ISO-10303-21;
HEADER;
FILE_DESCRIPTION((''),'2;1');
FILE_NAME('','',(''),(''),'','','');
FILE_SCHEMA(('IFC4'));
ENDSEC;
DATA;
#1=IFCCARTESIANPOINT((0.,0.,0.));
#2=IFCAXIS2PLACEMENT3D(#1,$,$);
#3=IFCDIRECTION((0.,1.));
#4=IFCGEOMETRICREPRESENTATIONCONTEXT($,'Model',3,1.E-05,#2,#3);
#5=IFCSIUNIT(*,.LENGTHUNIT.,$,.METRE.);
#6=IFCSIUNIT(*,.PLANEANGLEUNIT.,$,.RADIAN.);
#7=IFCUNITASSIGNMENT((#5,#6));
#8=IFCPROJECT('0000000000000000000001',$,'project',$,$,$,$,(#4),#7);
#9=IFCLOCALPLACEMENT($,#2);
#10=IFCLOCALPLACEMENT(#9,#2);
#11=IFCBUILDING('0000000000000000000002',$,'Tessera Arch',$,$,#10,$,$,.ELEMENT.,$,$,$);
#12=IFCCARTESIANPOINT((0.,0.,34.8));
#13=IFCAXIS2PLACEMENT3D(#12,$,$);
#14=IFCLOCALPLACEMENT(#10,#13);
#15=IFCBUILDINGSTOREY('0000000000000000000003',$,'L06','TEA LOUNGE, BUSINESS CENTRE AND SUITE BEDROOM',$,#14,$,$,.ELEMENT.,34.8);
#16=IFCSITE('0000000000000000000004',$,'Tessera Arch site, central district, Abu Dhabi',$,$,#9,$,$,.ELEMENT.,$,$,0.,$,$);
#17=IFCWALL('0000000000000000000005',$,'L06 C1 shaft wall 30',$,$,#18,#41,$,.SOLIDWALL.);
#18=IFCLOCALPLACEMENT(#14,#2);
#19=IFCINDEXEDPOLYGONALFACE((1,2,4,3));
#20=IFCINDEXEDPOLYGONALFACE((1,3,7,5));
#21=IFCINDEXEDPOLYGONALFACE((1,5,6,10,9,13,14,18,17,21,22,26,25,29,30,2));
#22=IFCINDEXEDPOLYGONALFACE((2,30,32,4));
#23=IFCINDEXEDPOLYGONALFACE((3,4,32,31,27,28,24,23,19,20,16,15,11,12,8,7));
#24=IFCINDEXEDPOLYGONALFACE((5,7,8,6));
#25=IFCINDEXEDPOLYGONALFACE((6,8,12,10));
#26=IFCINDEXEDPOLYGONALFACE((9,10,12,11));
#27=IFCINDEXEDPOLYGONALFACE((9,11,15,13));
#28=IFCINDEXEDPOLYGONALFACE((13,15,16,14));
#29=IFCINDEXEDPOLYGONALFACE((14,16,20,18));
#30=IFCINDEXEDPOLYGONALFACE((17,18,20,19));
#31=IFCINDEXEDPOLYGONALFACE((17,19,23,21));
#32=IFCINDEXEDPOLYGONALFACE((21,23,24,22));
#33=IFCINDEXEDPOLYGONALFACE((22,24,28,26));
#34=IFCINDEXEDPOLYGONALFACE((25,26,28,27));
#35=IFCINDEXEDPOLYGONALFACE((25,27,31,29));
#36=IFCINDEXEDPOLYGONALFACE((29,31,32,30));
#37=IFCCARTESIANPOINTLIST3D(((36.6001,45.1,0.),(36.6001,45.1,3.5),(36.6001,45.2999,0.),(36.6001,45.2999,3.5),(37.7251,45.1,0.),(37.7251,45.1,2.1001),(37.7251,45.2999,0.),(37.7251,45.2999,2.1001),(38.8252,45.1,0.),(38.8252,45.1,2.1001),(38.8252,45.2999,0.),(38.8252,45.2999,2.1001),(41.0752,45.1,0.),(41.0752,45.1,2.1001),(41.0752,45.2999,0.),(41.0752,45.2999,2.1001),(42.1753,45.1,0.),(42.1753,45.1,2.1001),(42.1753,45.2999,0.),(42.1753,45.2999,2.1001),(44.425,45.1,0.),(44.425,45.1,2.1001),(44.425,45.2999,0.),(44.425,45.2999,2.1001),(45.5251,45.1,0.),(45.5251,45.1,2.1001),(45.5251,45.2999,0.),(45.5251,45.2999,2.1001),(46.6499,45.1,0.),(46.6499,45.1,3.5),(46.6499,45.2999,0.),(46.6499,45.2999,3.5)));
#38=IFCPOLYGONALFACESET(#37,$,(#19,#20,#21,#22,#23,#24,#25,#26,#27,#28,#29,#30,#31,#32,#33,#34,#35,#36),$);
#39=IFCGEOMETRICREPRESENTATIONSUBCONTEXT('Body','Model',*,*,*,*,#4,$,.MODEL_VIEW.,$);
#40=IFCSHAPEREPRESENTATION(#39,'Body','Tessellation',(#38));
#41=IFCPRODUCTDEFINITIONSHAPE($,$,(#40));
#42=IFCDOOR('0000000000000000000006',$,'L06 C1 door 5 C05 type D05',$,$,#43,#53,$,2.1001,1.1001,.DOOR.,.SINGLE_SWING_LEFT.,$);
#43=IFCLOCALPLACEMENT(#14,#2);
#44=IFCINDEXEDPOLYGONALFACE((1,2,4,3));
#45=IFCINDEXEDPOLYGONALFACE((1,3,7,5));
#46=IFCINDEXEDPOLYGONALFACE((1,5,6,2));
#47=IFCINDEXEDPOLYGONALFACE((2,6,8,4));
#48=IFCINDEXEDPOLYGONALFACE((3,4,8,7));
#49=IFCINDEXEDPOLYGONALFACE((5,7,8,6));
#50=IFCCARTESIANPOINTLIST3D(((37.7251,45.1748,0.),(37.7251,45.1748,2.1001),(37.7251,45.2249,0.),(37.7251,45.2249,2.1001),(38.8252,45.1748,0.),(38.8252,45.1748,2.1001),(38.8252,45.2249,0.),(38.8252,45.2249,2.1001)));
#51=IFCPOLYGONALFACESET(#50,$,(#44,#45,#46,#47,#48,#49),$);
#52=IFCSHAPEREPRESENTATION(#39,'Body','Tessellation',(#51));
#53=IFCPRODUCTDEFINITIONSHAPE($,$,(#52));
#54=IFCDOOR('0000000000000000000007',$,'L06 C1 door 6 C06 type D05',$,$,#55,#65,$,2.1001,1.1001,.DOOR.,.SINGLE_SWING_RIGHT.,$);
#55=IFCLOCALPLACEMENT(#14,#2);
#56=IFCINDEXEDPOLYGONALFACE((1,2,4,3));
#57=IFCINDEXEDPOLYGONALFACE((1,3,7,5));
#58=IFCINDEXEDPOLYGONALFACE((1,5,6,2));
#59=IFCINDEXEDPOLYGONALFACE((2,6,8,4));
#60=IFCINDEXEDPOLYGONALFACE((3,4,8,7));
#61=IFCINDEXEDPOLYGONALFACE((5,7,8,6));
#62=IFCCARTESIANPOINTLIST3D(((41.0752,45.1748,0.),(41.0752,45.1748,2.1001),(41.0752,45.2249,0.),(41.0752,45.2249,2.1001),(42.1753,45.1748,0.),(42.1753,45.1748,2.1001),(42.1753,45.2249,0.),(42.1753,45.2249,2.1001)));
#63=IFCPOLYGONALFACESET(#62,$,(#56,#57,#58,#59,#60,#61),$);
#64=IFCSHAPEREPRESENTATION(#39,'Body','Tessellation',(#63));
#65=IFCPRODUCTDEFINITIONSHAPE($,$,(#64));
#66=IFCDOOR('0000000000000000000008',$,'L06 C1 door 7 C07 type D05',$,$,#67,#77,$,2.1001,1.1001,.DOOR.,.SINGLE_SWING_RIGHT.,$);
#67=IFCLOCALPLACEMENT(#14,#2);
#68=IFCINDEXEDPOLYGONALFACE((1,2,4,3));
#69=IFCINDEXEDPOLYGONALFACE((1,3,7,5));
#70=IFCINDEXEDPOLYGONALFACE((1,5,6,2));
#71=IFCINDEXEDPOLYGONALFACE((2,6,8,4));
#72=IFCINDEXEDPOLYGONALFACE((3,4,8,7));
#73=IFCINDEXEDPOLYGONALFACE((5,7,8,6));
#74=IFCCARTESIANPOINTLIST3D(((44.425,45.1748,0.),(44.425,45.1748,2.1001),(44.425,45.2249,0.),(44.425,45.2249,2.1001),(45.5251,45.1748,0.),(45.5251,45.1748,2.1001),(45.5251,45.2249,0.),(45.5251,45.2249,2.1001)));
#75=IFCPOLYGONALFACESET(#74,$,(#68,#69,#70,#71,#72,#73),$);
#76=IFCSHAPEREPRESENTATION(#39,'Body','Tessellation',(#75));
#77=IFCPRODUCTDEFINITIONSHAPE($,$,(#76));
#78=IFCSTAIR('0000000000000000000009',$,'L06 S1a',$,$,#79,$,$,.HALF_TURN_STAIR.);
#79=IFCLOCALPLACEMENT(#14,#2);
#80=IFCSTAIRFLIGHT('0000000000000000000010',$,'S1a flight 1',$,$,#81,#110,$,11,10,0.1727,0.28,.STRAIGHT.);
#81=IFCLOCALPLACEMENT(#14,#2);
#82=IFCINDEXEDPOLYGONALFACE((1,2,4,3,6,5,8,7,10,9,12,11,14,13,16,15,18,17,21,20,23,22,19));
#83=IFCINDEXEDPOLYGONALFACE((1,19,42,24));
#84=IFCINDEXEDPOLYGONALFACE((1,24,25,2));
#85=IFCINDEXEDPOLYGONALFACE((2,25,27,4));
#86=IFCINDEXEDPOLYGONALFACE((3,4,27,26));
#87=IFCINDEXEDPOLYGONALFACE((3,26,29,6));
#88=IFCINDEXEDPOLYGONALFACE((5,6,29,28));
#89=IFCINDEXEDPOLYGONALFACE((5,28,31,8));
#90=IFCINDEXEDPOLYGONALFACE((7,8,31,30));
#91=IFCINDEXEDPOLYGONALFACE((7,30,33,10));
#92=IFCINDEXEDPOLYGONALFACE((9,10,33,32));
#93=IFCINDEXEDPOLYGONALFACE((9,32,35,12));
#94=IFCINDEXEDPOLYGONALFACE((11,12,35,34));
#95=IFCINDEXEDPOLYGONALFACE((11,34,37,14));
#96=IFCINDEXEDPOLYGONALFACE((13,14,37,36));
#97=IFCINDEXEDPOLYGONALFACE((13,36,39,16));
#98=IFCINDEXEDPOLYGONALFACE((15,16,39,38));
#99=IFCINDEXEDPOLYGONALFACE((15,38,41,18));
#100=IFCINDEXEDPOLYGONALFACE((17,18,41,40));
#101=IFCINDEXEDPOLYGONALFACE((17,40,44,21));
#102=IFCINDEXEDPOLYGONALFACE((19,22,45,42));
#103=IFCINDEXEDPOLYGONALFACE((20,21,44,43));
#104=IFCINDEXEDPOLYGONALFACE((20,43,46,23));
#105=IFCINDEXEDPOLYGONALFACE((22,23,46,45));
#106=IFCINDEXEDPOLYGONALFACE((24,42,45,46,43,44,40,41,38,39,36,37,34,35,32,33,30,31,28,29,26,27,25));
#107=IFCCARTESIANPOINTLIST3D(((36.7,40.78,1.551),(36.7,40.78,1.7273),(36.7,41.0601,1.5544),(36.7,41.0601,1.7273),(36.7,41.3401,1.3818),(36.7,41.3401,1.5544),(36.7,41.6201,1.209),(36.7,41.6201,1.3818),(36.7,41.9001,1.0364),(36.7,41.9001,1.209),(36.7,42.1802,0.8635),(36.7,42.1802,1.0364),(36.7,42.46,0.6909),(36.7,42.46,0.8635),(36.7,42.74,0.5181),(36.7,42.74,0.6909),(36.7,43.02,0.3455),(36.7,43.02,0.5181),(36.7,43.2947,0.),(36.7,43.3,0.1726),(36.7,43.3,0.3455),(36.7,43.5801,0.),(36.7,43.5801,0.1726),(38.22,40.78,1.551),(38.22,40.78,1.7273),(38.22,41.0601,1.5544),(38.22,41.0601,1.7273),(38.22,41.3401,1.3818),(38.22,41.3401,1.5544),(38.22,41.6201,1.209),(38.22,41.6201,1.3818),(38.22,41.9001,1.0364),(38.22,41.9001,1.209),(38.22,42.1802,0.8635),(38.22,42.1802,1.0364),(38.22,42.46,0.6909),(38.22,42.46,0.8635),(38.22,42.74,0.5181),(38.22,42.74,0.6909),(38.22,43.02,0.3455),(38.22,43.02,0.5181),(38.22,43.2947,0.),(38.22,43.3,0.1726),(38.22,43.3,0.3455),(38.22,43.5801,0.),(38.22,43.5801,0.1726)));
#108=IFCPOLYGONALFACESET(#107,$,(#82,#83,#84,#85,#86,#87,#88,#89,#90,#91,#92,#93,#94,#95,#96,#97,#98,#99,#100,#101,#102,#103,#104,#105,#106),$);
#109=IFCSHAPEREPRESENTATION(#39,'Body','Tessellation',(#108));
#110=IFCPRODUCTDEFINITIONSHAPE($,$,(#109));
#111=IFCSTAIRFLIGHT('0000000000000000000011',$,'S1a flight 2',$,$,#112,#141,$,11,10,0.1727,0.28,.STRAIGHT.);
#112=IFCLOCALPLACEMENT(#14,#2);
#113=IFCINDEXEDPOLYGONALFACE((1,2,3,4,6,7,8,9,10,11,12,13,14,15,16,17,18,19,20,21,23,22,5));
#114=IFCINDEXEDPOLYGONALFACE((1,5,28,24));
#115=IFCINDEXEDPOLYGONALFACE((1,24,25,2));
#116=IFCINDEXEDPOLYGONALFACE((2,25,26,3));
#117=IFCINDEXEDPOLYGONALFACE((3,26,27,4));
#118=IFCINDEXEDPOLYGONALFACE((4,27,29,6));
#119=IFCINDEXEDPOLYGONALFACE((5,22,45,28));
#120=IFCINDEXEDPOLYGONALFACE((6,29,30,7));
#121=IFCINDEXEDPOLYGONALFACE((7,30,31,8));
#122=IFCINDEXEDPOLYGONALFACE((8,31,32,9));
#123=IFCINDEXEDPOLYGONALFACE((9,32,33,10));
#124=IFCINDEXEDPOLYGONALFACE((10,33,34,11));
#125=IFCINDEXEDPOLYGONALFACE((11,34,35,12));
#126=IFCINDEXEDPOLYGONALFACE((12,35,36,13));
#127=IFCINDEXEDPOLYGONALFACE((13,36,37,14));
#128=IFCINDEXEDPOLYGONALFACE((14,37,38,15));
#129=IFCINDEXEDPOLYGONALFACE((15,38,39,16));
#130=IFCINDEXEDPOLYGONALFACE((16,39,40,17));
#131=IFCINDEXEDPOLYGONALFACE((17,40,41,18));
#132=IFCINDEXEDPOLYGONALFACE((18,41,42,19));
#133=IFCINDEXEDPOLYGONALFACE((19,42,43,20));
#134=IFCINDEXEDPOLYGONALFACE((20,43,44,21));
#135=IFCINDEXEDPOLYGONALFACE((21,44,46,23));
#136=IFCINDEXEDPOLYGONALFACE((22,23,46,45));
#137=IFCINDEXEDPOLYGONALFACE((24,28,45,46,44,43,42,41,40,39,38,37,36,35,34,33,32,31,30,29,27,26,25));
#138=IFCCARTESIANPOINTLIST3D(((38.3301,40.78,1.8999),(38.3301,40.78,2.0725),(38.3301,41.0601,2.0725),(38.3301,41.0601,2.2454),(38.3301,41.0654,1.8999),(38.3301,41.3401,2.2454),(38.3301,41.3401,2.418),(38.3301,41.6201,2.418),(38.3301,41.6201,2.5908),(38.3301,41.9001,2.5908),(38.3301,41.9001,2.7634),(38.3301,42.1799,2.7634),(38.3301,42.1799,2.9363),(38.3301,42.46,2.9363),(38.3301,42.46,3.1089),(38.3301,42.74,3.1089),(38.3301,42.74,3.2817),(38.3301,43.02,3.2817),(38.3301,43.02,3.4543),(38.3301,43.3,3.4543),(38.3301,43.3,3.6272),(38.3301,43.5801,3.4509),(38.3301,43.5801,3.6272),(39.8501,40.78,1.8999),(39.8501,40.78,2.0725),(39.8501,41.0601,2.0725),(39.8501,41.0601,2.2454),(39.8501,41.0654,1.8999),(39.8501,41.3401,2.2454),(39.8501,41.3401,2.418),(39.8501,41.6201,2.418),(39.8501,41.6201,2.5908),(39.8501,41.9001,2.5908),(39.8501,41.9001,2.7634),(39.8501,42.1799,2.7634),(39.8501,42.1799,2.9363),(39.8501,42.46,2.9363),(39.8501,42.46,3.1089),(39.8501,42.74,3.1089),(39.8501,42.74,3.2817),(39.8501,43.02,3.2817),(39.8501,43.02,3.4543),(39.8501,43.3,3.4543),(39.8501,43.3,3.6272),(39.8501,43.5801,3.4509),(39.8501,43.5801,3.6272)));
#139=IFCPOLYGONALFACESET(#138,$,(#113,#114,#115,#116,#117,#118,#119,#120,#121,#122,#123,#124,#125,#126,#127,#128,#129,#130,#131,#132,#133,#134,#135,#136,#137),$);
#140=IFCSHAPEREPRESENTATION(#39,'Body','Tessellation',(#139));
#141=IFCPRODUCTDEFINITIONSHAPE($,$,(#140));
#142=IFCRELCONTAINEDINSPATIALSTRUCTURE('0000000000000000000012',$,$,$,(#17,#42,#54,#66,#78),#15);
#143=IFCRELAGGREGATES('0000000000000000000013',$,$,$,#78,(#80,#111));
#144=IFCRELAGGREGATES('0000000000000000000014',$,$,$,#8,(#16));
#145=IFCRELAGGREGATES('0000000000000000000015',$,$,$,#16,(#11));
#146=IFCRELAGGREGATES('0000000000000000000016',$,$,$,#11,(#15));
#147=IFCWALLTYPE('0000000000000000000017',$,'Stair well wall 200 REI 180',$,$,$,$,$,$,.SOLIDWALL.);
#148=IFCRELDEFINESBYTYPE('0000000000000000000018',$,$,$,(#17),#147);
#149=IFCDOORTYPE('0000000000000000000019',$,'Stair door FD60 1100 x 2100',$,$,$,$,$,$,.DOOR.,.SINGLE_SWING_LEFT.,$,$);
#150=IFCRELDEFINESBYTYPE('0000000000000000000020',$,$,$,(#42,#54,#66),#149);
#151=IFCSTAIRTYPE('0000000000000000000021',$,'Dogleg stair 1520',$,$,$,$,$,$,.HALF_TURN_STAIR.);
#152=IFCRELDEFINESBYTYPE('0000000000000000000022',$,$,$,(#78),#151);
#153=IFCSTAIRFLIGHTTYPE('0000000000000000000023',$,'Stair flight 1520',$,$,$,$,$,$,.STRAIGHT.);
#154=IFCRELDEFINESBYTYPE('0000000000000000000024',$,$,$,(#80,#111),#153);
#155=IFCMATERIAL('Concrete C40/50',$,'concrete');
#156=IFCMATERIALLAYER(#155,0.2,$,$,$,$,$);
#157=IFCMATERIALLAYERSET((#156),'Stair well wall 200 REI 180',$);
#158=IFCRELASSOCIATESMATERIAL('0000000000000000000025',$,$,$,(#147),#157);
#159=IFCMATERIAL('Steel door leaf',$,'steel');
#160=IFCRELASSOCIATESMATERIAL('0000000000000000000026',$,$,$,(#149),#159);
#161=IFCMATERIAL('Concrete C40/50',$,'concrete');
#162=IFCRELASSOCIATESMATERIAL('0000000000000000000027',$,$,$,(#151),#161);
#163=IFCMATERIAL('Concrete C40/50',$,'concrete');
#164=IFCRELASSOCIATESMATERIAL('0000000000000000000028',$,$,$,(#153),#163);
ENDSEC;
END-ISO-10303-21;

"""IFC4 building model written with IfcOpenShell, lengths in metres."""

from ifc_helpers import new_model, si_unit, direction, frame, frame_2d, origin, place, context, subcontext, project, spatial, polyline, rectangle, outline, extrude, material, layer, layer_set, type_object, element, fill, aggregate, save


model = new_model("IFC4")

# Units and contexts
model_context = context("Model", 3, precision=1e-05, world=origin(), true_north=direction((0.0, 1.0)))
body_context = subcontext(model_context, "Body", "Model", "MODEL_VIEW")
ifc_project = project(units=[si_unit("LENGTHUNIT", "METRE"), si_unit("PLANEANGLEUNIT", "RADIAN")], contexts=[model_context])

# Site, building, storey
site_placement = place(None, origin())
site = spatial("IfcSite", under=ifc_project, at=site_placement, Name="Tessera Arch site, central district, Abu Dhabi", CompositionType="ELEMENT", RefElevation=0.0)
building_placement = place(site_placement, origin())
building = spatial("IfcBuilding", under=site, at=building_placement, Name="Tessera Arch", CompositionType="ELEMENT")
storey_placement = place(building_placement, frame((0.0, 0.0, 34.8)))
storey = spatial("IfcBuildingStorey", under=building, at=storey_placement, Name="L06", Description="TEA LOUNGE, BUSINESS CENTRE AND SUITE BEDROOM", CompositionType="ELEMENT", Elevation=34.8)

# Shared definitions
ifc_material_1 = material(Name="Concrete C40/50", Category="concrete")
ifc_layer_1 = layer(ifc_material_1, 0.2)
ifc_layer_set_1 = layer_set([ifc_layer_1], Name="Stair well wall 200 REI 180")
wall_type_1 = type_object("IfcWallType", Name="Stair well wall 200 REI 180", PredefinedType="SOLIDWALL", material=ifc_layer_set_1)

# Wall, openings, doors
wall_1_placement = place(storey_placement, frame((36.6001, 45.2, 0.0), z_axis=(0.0, 0.0, 1.0), x_axis=(1.0, 0.0, 0.0)))
wall_1 = element("IfcWall", 1, at=wall_1_placement, inside=storey, type_object=wall_type_1, Name="L06 C1 shaft wall 30", PredefinedType="SOLIDWALL", context=body_context, shape_type="SweptSolid", body=[
    extrude(rectangle(XDim=10.0498, YDim=0.2, at=frame_2d((5.0249, 0.0))), origin(), (0.0, 0.0, 1.0), 3.5),
])
opening_1_placement = place(wall_1_placement, frame((1.125, 0.0, 0.0)))
opening_1 = element("IfcOpeningElement", 2, at=opening_1_placement, cuts=wall_1, PredefinedType="OPENING", context=body_context, shape_type="SweptSolid", body=[
    extrude(rectangle(XDim=1.1001, YDim=2.1001, at=frame_2d((0.55, 1.05))), frame((0.0, 0.1099, 0.0), z_axis=(0.0, -1.0, 0.0), x_axis=(1.0, 0.0, 0.0)), (0.0, 0.0, 1.0), 0.22),
])
opening_2_placement = place(wall_1_placement, frame((4.4751, 0.0, 0.0)))
opening_2 = element("IfcOpeningElement", 3, at=opening_2_placement, cuts=wall_1, PredefinedType="OPENING", context=body_context, shape_type="SweptSolid", body=[
    extrude(rectangle(XDim=1.1001, YDim=2.1001, at=frame_2d((0.55, 1.05))), frame((0.0, 0.1099, 0.0), z_axis=(0.0, -1.0, 0.0), x_axis=(1.0, 0.0, 0.0)), (0.0, 0.0, 1.0), 0.22),
])
opening_3_placement = place(wall_1_placement, frame((7.825, 0.0, 0.0)))
opening_3 = element("IfcOpeningElement", 4, at=opening_3_placement, cuts=wall_1, PredefinedType="OPENING", context=body_context, shape_type="SweptSolid", body=[
    extrude(rectangle(XDim=1.1001, YDim=2.1001, at=frame_2d((0.55, 1.05))), frame((0.0, 0.1099, 0.0), z_axis=(0.0, -1.0, 0.0), x_axis=(1.0, 0.0, 0.0)), (0.0, 0.0, 1.0), 0.22),
])
ifc_material_2 = material(Name="Steel door leaf", Category="steel")
door_type_1 = type_object("IfcDoorType", Name="Stair door FD60 1100 x 2100", OperationType="SINGLE_SWING_LEFT", PredefinedType="DOOR", material=ifc_material_2)
door_1_placement = place(opening_1_placement, origin())
door_1 = element("IfcDoor", 5, at=door_1_placement, inside=storey, type_object=door_type_1, Name="L06 C1 door 5 C05 type D05", OperationType="SINGLE_SWING_LEFT", OverallHeight=2.1001, OverallWidth=1.1001, PredefinedType="DOOR", context=body_context, shape_type="SweptSolid", body=[
    extrude(rectangle(XDim=1.1001, YDim=2.1001, at=frame_2d((0.55, 1.05))), frame((0.0, 0.0249, 0.0), z_axis=(0.0, -1.0, 0.0), x_axis=(1.0, 0.0, 0.0)), (0.0, 0.0, 1.0), 0.05),
])
fill(opening_1, door_1)
door_2_placement = place(opening_2_placement, origin())
door_2 = element("IfcDoor", 6, at=door_2_placement, inside=storey, type_object=door_type_1, Name="L06 C1 door 6 C06 type D05", OperationType="SINGLE_SWING_RIGHT", OverallHeight=2.1001, OverallWidth=1.1001, PredefinedType="DOOR", context=body_context, shape_type="SweptSolid", body=[
    extrude(rectangle(XDim=1.1001, YDim=2.1001, at=frame_2d((0.55, 1.05))), frame((0.0, 0.0249, 0.0), z_axis=(0.0, -1.0, 0.0), x_axis=(1.0, 0.0, 0.0)), (0.0, 0.0, 1.0), 0.05),
])
fill(opening_2, door_2)
door_3_placement = place(opening_3_placement, origin())
door_3 = element("IfcDoor", 7, at=door_3_placement, inside=storey, type_object=door_type_1, Name="L06 C1 door 7 C07 type D05", OperationType="SINGLE_SWING_RIGHT", OverallHeight=2.1001, OverallWidth=1.1001, PredefinedType="DOOR", context=body_context, shape_type="SweptSolid", body=[
    extrude(rectangle(XDim=1.1001, YDim=2.1001, at=frame_2d((0.55, 1.05))), frame((0.0, 0.0249, 0.0), z_axis=(0.0, -1.0, 0.0), x_axis=(1.0, 0.0, 0.0)), (0.0, 0.0, 1.0), 0.05),
])
fill(opening_3, door_3)

# Stair, stair flights
ifc_material_3 = material(Name="Concrete C40/50", Category="concrete")
stair_type = type_object("IfcStairType", Name="Dogleg stair 1520", PredefinedType="HALF_TURN_STAIR", material=ifc_material_3)
stair_placement = place(storey_placement, origin())
stair = element("IfcStair", 8, at=stair_placement, inside=storey, type_object=stair_type, Name="L06 S1a", PredefinedType="HALF_TURN_STAIR")
ifc_material_4 = material(Name="Concrete C40/50", Category="concrete")
stair_flight_type = type_object("IfcStairFlightType", Name="Stair flight 1520", PredefinedType="STRAIGHT", material=ifc_material_4)
stair_flight_1_placement = place(storey_placement, frame((37.46, 43.5801, 0.0), z_axis=(0.0, 0.0, 1.0), x_axis=(0.0, -1.0, 0.0)))
stair_flight_1 = element("IfcStairFlight", 9, at=stair_flight_1_placement, type_object=stair_flight_type, Name="S1a flight 1", NumberOfRisers=11, NumberOfTreads=10, PredefinedType="STRAIGHT", RiserHeight=0.1727, TreadLength=0.28, context=body_context, shape_type="SweptSolid", body=[
    extrude(outline(polyline([(0.0, 0.0), (0.0, 0.1726), (0.28, 0.1726), (0.28, 0.3455), (0.5601, 0.3455), (0.5601, 0.5181), (0.8401, 0.5181), (0.8401, 0.6909), (1.1201, 0.6909), (1.1201, 0.8635), (1.3999, 0.8635), (1.3999, 1.0364), (1.6799, 1.0364), (1.6799, 1.209), (1.96, 1.209), (1.96, 1.3818), (2.24, 1.3818), (2.24, 1.5544), (2.52, 1.5544), (2.52, 1.7273), (2.8, 1.7273), (2.8, 1.8999), (2.8, 1.551), (0.2854, 0.0), (0.0, 0.0)])), frame((0.0, 0.76, 0.0), z_axis=(0.0, -1.0, 0.0), x_axis=(1.0, 0.0, 0.0)), (0.0, 0.0, 1.0), 1.52),
])
stair_flight_2_placement = place(storey_placement, frame((39.0901, 40.78, 1.8999), z_axis=(0.0, 0.0, 1.0), x_axis=(0.0, 1.0, 0.0)))
stair_flight_2 = element("IfcStairFlight", 10, at=stair_flight_2_placement, type_object=stair_flight_type, Name="S1a flight 2", NumberOfRisers=11, NumberOfTreads=10, PredefinedType="STRAIGHT", RiserHeight=0.1727, TreadLength=0.28, context=body_context, shape_type="SweptSolid", body=[
    extrude(outline(polyline([(0.0, 0.0), (0.0, 0.1726), (0.28, 0.1726), (0.28, 0.3455), (0.5601, 0.3455), (0.5601, 0.5181), (0.8401, 0.5181), (0.8401, 0.6909), (1.1201, 0.6909), (1.1201, 0.8635), (1.3999, 0.8635), (1.3999, 1.0364), (1.6799, 1.0364), (1.6799, 1.209), (1.96, 1.209), (1.96, 1.3818), (2.24, 1.3818), (2.24, 1.5544), (2.52, 1.5544), (2.52, 1.7273), (2.8, 1.7273), (2.8, 1.8999), (2.8, 1.551), (0.2854, 0.0), (0.0, 0.0)])), frame((0.0, 0.76, 0.0), z_axis=(0.0, -1.0, 0.0), x_axis=(1.0, 0.0, 0.0)), (0.0, 0.0, 1.0), 1.52),
])
aggregate(stair, [stair_flight_1, stair_flight_2])

save(model, "model.ifc")
